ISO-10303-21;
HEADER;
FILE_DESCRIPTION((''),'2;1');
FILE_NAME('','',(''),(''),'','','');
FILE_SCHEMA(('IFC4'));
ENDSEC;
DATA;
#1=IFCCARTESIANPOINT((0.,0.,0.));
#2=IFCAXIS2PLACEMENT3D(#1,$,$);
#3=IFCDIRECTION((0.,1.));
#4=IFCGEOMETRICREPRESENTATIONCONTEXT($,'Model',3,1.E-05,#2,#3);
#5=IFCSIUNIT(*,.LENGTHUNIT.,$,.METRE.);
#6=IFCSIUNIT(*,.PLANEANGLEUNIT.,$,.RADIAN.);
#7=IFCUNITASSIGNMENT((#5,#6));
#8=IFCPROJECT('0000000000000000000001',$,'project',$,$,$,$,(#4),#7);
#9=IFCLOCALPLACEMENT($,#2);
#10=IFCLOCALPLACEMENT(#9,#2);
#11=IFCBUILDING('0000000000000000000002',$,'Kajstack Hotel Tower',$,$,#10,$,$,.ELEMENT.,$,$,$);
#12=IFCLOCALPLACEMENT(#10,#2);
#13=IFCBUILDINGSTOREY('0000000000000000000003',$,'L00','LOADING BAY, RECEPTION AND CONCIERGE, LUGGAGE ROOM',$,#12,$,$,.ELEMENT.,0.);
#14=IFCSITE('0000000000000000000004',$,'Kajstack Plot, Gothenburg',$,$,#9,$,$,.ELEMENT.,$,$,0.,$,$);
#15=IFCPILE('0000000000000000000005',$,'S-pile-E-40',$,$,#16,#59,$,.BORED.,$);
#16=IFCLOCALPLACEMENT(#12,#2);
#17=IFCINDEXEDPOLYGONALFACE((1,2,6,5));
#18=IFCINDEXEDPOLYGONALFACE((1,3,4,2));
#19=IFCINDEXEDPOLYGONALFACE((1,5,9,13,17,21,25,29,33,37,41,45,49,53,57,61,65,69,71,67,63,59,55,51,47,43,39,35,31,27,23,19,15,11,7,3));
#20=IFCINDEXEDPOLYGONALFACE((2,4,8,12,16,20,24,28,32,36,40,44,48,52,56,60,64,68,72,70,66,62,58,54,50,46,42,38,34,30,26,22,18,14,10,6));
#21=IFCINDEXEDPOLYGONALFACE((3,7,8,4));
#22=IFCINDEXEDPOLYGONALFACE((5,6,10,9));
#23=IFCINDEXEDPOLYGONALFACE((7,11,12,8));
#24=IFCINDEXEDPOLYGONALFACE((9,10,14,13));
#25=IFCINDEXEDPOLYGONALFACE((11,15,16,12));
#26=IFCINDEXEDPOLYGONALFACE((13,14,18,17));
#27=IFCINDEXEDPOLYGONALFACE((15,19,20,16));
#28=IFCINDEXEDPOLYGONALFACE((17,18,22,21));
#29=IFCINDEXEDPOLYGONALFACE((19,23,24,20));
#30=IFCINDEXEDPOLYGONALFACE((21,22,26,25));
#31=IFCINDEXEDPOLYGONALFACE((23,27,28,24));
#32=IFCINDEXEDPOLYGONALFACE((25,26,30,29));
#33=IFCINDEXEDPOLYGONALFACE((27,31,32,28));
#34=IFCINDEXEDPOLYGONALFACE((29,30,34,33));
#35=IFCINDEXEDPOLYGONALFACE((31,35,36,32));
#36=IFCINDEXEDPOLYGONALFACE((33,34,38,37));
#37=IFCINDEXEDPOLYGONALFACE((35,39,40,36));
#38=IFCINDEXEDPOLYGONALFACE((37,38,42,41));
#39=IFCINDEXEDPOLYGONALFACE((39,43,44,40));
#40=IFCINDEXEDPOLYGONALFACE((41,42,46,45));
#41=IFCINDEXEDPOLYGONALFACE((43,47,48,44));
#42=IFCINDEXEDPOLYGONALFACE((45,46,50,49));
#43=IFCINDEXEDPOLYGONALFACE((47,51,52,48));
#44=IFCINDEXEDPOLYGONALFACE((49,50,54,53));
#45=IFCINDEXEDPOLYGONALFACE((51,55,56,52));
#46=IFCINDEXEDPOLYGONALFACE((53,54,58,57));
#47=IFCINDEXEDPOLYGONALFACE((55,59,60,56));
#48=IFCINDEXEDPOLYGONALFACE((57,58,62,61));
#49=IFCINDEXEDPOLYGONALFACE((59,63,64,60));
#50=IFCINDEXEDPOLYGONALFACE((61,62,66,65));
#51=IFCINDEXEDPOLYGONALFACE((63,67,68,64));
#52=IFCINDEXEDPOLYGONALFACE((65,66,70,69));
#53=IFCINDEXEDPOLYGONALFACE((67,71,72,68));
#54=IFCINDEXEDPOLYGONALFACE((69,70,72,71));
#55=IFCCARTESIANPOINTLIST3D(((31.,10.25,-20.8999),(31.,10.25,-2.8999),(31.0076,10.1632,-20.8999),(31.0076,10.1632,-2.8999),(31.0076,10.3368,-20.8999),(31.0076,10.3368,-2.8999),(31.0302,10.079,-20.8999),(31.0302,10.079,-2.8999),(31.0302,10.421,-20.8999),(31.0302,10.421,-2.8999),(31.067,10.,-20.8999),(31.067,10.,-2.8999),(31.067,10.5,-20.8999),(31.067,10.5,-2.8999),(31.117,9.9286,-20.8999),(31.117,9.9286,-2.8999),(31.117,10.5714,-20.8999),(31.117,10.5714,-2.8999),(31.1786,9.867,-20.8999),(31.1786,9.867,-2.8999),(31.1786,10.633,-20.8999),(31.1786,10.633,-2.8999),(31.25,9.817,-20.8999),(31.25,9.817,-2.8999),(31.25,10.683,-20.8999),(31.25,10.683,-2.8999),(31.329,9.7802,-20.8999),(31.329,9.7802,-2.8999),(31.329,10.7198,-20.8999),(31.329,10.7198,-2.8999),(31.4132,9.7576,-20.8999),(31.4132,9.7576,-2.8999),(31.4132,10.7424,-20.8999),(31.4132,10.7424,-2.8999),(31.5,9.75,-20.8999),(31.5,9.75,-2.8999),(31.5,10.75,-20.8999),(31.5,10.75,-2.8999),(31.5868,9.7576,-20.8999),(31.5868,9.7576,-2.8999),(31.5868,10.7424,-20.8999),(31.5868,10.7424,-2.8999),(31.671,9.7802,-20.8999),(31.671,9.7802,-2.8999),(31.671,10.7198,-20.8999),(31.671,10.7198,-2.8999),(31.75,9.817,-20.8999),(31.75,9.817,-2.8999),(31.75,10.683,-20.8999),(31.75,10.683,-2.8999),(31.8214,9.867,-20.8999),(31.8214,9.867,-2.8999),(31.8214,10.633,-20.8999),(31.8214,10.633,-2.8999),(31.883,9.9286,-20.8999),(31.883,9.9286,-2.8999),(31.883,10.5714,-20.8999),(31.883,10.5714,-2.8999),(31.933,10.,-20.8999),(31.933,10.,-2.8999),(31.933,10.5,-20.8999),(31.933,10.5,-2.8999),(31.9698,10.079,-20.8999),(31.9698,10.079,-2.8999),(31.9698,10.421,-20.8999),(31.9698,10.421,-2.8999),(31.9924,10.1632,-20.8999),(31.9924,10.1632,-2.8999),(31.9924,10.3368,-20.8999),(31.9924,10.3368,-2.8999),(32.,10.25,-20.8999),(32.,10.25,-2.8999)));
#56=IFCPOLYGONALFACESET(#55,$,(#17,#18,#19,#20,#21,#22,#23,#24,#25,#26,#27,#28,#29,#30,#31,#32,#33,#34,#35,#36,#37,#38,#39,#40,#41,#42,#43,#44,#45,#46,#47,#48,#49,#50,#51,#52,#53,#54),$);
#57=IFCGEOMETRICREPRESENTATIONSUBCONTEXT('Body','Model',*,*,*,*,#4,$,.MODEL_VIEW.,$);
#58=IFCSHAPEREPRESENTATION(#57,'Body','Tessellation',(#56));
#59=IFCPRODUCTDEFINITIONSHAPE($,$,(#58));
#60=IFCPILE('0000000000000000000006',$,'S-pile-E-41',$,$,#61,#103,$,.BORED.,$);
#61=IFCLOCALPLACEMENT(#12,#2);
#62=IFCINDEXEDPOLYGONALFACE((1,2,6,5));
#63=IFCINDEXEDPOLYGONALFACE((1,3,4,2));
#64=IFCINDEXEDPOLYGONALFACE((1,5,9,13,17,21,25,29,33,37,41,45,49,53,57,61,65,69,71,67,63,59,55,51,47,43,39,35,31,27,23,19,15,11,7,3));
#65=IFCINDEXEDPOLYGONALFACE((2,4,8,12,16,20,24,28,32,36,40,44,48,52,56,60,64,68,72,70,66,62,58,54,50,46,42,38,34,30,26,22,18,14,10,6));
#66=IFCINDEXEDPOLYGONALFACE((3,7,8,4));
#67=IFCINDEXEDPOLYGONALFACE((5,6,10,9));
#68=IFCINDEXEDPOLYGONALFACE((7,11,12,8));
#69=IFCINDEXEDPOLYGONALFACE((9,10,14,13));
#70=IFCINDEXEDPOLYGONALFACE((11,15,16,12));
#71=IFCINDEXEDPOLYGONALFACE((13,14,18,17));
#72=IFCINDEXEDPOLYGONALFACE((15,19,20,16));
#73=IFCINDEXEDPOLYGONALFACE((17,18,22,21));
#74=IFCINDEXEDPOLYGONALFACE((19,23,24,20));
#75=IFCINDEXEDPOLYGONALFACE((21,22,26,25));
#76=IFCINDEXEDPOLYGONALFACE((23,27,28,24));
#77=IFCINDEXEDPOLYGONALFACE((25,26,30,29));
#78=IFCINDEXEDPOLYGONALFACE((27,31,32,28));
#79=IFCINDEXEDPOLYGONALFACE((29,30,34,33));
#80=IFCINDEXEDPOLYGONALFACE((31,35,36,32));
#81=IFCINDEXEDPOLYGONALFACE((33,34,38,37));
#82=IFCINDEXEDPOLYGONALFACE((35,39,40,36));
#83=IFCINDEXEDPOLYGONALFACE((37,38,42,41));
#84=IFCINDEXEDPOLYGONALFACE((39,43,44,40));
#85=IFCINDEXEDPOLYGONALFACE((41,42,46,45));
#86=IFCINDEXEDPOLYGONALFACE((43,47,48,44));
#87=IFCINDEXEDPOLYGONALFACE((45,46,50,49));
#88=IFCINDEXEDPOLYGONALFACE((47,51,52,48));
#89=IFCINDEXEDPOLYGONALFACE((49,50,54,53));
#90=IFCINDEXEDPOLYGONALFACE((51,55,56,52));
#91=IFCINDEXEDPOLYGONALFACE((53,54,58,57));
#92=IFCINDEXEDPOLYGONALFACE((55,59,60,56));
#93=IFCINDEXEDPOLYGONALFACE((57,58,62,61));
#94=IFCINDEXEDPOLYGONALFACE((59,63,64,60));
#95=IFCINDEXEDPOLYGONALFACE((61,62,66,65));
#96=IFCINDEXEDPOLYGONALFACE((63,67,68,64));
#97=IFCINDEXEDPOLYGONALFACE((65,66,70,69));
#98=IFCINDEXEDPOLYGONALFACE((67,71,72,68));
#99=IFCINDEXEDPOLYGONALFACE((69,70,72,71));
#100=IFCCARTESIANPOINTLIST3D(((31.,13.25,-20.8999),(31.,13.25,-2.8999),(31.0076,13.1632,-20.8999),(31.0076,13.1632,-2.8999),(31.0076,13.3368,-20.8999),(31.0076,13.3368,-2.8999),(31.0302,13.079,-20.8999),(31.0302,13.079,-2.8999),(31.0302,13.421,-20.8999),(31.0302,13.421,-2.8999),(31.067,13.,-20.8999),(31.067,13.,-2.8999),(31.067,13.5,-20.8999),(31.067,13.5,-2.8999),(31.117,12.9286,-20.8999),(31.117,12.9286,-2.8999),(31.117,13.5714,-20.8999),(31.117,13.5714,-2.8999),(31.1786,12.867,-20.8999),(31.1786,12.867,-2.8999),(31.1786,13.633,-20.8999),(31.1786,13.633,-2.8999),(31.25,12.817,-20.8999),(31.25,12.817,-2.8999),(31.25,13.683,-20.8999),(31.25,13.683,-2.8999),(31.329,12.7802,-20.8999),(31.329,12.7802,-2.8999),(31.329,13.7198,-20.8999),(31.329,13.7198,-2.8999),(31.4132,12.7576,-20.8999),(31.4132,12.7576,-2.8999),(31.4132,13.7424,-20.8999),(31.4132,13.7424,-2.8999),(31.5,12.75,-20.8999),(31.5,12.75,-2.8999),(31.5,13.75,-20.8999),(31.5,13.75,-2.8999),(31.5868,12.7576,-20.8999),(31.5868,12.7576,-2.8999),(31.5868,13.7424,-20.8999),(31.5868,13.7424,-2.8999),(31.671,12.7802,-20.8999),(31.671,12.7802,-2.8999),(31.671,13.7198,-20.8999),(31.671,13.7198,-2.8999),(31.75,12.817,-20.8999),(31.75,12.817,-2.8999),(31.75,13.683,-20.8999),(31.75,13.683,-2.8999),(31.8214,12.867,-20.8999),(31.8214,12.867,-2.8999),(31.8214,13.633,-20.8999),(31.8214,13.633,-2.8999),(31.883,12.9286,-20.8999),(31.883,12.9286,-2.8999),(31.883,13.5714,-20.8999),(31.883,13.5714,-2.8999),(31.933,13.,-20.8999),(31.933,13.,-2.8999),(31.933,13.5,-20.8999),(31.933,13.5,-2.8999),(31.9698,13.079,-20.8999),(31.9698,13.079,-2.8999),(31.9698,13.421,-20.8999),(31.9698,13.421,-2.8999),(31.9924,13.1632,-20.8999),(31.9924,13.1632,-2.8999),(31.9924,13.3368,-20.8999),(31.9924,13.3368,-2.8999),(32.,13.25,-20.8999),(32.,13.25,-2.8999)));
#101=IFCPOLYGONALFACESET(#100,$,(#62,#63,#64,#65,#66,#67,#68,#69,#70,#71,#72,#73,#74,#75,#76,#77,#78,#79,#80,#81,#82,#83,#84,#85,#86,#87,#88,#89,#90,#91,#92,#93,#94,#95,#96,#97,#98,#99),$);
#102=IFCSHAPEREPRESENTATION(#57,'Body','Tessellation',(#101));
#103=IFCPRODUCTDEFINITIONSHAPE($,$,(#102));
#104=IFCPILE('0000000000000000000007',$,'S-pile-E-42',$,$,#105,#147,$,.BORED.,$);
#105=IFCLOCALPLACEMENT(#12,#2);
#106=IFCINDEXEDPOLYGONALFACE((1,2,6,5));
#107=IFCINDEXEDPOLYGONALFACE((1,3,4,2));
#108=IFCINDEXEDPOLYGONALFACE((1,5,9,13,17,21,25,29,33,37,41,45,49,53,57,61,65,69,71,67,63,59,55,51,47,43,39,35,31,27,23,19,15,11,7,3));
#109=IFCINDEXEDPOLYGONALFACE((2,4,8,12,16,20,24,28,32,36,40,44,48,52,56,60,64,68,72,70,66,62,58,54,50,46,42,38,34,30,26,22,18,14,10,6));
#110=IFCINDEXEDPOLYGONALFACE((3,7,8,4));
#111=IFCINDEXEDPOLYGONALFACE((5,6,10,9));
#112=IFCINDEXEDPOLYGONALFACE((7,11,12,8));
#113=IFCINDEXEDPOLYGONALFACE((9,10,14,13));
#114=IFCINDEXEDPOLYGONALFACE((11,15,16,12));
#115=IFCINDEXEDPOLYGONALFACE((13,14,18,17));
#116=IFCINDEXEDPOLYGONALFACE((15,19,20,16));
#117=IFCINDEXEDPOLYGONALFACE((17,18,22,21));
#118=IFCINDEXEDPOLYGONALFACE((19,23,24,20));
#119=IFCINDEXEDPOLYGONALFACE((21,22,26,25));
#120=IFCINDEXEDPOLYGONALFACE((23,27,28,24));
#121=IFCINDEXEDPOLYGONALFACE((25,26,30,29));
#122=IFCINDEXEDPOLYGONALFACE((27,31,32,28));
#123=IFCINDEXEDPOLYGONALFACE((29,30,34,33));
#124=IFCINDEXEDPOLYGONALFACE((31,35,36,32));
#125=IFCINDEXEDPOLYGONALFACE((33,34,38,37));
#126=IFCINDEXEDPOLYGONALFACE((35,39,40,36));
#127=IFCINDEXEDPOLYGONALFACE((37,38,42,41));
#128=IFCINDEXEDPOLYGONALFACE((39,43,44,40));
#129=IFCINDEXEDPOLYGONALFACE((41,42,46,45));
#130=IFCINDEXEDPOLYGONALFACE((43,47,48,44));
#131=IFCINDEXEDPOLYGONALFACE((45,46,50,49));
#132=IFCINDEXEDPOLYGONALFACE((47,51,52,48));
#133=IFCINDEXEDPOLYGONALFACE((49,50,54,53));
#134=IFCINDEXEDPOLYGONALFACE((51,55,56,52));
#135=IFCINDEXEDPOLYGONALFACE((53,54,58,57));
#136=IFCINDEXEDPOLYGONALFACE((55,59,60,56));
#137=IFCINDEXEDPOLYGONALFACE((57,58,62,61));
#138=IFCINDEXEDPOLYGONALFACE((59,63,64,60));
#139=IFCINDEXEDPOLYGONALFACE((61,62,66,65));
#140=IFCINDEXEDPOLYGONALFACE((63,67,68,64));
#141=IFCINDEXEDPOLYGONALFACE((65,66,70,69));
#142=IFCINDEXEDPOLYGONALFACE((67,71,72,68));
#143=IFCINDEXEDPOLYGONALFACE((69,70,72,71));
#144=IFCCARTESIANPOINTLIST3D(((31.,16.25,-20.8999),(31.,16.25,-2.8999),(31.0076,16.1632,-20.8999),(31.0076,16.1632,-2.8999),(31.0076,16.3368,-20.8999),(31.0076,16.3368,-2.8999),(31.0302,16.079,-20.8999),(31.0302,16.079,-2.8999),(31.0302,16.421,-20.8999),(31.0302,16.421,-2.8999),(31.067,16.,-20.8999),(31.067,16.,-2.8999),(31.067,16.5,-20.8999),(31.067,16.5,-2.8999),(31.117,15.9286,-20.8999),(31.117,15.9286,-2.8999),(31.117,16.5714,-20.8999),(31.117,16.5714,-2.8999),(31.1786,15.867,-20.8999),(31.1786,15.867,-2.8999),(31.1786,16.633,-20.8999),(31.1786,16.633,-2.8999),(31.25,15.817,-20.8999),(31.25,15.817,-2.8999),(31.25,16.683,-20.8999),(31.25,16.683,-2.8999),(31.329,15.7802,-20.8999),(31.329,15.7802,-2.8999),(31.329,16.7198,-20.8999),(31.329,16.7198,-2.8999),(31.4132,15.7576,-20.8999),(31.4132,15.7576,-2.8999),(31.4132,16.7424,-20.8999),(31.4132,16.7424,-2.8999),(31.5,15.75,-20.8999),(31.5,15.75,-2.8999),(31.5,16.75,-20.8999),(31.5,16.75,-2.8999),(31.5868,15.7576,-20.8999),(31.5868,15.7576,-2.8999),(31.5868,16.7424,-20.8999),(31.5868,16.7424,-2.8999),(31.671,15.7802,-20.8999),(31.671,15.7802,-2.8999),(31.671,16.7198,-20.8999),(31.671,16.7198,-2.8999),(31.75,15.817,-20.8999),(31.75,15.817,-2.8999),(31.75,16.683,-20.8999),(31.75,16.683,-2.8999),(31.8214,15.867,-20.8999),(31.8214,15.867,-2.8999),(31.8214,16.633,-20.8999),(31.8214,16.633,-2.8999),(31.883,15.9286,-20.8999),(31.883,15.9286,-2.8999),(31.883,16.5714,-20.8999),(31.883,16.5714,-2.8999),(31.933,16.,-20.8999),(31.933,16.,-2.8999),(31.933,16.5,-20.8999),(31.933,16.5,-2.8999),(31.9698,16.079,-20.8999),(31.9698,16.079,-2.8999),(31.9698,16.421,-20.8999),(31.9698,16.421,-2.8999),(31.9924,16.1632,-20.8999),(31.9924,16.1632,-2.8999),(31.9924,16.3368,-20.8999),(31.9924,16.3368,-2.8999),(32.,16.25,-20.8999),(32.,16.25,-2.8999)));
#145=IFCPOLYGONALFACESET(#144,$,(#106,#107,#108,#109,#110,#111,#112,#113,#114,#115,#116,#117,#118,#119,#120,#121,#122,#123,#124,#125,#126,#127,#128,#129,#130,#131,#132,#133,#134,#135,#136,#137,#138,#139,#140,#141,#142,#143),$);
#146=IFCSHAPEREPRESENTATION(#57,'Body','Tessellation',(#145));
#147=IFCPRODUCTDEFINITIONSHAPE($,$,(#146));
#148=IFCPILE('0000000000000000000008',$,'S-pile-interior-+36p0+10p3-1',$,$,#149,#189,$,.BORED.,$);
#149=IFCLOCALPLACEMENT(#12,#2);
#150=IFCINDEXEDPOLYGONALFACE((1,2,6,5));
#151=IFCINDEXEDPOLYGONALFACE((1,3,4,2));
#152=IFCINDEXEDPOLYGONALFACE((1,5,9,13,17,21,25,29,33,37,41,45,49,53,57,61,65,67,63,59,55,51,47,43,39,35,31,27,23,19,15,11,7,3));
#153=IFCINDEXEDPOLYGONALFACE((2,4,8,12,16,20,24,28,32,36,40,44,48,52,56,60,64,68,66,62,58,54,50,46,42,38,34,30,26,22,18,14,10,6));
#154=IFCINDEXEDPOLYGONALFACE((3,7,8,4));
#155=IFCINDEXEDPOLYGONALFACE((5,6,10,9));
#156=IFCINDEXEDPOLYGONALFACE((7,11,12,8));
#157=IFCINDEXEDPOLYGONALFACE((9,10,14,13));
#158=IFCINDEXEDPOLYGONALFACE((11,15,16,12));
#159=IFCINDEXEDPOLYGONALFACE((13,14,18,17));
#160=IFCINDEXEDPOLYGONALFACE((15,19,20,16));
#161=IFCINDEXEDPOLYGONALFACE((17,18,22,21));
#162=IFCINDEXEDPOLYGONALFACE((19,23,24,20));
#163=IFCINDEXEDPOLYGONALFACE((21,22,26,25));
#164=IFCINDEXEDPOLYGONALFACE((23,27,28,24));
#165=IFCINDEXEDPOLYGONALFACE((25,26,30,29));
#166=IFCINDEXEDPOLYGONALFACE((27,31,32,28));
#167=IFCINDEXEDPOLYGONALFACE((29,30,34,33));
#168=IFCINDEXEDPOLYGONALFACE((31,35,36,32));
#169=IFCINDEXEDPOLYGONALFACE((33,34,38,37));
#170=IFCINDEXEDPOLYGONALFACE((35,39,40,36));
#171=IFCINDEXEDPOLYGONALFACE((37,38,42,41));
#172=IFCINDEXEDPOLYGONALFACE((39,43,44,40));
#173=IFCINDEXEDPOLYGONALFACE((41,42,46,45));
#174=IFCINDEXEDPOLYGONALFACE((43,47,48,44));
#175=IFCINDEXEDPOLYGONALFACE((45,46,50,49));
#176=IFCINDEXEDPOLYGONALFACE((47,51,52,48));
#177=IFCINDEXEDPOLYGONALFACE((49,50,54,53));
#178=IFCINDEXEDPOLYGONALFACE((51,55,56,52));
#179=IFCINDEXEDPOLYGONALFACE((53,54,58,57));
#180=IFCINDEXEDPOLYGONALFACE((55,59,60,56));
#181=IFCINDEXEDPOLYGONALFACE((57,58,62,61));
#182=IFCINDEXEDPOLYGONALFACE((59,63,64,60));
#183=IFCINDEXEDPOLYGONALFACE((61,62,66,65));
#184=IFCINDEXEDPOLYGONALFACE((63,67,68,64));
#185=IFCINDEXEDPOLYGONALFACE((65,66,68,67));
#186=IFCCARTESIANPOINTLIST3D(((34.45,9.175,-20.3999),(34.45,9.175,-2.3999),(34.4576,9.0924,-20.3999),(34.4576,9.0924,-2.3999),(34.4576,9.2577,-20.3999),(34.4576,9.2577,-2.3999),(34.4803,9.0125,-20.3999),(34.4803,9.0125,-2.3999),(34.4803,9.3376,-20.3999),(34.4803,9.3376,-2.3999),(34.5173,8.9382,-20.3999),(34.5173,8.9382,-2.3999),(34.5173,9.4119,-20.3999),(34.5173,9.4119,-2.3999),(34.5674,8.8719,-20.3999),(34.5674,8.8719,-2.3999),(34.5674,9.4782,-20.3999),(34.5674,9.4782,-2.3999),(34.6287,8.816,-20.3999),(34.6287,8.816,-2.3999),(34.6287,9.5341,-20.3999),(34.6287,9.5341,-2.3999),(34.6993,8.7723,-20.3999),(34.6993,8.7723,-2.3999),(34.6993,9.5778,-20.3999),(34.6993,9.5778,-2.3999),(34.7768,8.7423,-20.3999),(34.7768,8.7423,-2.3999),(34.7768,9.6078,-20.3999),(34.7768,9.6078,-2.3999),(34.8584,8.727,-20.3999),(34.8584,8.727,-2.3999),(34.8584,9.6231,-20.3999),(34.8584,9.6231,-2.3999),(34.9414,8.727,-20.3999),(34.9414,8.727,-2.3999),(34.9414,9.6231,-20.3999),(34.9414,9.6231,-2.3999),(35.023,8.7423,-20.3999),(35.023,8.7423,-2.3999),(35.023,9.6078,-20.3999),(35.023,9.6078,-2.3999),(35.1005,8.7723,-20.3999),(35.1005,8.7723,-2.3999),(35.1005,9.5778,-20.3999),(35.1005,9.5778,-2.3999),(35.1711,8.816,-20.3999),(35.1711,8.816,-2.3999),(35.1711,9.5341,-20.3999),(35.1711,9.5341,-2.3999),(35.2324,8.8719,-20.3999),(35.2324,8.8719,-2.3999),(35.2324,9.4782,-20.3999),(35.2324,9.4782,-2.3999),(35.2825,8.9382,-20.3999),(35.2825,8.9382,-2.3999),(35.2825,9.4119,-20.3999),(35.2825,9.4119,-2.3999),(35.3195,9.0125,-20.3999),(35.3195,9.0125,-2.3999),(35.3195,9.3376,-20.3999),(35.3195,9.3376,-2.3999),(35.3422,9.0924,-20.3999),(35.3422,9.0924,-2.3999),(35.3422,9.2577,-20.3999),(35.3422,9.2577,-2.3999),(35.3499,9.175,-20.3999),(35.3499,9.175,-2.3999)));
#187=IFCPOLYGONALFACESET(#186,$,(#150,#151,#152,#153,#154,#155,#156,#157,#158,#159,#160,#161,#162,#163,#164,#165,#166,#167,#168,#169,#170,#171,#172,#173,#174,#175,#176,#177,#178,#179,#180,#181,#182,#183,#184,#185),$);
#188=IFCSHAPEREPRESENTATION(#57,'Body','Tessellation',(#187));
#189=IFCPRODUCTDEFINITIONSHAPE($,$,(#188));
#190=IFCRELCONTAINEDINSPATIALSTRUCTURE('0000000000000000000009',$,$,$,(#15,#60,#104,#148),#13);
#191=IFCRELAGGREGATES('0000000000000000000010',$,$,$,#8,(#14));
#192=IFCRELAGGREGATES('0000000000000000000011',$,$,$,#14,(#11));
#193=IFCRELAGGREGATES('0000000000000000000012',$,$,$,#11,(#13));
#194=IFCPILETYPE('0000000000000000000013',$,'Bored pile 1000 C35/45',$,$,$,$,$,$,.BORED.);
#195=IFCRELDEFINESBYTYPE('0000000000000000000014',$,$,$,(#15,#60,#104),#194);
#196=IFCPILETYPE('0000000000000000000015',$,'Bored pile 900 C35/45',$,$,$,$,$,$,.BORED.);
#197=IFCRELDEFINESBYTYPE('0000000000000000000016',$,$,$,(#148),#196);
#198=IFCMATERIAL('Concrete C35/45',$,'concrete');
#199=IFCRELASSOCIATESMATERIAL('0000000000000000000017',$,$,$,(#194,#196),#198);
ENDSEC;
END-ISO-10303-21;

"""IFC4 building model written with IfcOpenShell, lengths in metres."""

from ifc_helpers import new_model, si_unit, direction, frame, origin, origin_2d, place, context, subcontext, project, spatial, circle, extrude, material, material_profile, profile_set, type_object, element, save


model = new_model("IFC4")

# Units and contexts
model_context = context("Model", 3, precision=1e-05, world=origin(), true_north=direction((0.0, 1.0)))
body_context = subcontext(model_context, "Body", "Model", "MODEL_VIEW")
ifc_project = project(units=[si_unit("LENGTHUNIT", "METRE"), si_unit("PLANEANGLEUNIT", "RADIAN")], contexts=[model_context])

# Site, building, storey
site_placement = place(None, origin())
site = spatial("IfcSite", under=ifc_project, at=site_placement, Name="Kajstack Plot, Gothenburg", CompositionType="ELEMENT", RefElevation=0.0)
building_placement = place(site_placement, origin())
building = spatial("IfcBuilding", under=site, at=building_placement, Name="Kajstack Hotel Tower", CompositionType="ELEMENT")
storey_placement = place(building_placement, origin())
storey = spatial("IfcBuildingStorey", under=building, at=storey_placement, Name="L00", Description="LOADING BAY, RECEPTION AND CONCIERGE, LUGGAGE ROOM", CompositionType="ELEMENT", Elevation=0.0)

# Piles
ifc_material_1 = material(Name="Concrete C35/45", Category="concrete")
ifc_material_profile_1 = material_profile(ifc_material_1, circle(Radius=0.5, at=origin_2d()), Name="RC round 1000")
ifc_profile_set_1 = profile_set([ifc_material_profile_1], Name="Concrete C35/45")
pile_type_1 = type_object("IfcPileType", Name="Bored pile 1000 C35/45", PredefinedType="BORED", material=ifc_profile_set_1)
for number, where, z_axis, x_axis, name in (
    (1, (31.5, 10.25, -2.8999), (0.0, 0.0, -1.0), (1.0, 0.0, 0.0), "S-pile-E-40"),
    (2, (31.5, 13.25, -2.8999), (0.0, 0.0, -1.0), (1.0, 0.0, 0.0), "S-pile-E-41"),
    (3, (31.5, 16.25, -2.8999), (0.0, 0.0, -1.0), (1.0, 0.0, 0.0), "S-pile-E-42"),
):
    element("IfcPile", number, at=place(storey_placement, frame(where, z_axis=z_axis, x_axis=x_axis)), inside=storey, type_object=pile_type_1, Name=name, PredefinedType="BORED", context=body_context, shape_type="SweptSolid", body=[
        extrude(circle(Radius=0.5, at=origin_2d()), origin(), (0.0, 0.0, 1.0), 18.0),
    ])
ifc_material_profile_2 = material_profile(ifc_material_1, circle(Radius=0.45, at=origin_2d()), Name="RC round 900")
ifc_profile_set_2 = profile_set([ifc_material_profile_2], Name="Concrete C35/45")
pile_type_2 = type_object("IfcPileType", Name="Bored pile 900 C35/45", PredefinedType="BORED", material=ifc_profile_set_2)
for number, where, z_axis, x_axis, name in (
    (4, (34.8999, 9.175, -2.3999), (0.0, 0.0, -1.0), (1.0, 0.0, 0.0), "S-pile-interior-+36p0+10p3-1"),
):
    element("IfcPile", number, at=place(storey_placement, frame(where, z_axis=z_axis, x_axis=x_axis)), inside=storey, type_object=pile_type_2, Name=name, PredefinedType="BORED", context=body_context, shape_type="SweptSolid", body=[
        extrude(circle(Radius=0.45, at=origin_2d()), origin(), (0.0, 0.0, 1.0), 18.0),
    ])

save(model, "model.ifc")
